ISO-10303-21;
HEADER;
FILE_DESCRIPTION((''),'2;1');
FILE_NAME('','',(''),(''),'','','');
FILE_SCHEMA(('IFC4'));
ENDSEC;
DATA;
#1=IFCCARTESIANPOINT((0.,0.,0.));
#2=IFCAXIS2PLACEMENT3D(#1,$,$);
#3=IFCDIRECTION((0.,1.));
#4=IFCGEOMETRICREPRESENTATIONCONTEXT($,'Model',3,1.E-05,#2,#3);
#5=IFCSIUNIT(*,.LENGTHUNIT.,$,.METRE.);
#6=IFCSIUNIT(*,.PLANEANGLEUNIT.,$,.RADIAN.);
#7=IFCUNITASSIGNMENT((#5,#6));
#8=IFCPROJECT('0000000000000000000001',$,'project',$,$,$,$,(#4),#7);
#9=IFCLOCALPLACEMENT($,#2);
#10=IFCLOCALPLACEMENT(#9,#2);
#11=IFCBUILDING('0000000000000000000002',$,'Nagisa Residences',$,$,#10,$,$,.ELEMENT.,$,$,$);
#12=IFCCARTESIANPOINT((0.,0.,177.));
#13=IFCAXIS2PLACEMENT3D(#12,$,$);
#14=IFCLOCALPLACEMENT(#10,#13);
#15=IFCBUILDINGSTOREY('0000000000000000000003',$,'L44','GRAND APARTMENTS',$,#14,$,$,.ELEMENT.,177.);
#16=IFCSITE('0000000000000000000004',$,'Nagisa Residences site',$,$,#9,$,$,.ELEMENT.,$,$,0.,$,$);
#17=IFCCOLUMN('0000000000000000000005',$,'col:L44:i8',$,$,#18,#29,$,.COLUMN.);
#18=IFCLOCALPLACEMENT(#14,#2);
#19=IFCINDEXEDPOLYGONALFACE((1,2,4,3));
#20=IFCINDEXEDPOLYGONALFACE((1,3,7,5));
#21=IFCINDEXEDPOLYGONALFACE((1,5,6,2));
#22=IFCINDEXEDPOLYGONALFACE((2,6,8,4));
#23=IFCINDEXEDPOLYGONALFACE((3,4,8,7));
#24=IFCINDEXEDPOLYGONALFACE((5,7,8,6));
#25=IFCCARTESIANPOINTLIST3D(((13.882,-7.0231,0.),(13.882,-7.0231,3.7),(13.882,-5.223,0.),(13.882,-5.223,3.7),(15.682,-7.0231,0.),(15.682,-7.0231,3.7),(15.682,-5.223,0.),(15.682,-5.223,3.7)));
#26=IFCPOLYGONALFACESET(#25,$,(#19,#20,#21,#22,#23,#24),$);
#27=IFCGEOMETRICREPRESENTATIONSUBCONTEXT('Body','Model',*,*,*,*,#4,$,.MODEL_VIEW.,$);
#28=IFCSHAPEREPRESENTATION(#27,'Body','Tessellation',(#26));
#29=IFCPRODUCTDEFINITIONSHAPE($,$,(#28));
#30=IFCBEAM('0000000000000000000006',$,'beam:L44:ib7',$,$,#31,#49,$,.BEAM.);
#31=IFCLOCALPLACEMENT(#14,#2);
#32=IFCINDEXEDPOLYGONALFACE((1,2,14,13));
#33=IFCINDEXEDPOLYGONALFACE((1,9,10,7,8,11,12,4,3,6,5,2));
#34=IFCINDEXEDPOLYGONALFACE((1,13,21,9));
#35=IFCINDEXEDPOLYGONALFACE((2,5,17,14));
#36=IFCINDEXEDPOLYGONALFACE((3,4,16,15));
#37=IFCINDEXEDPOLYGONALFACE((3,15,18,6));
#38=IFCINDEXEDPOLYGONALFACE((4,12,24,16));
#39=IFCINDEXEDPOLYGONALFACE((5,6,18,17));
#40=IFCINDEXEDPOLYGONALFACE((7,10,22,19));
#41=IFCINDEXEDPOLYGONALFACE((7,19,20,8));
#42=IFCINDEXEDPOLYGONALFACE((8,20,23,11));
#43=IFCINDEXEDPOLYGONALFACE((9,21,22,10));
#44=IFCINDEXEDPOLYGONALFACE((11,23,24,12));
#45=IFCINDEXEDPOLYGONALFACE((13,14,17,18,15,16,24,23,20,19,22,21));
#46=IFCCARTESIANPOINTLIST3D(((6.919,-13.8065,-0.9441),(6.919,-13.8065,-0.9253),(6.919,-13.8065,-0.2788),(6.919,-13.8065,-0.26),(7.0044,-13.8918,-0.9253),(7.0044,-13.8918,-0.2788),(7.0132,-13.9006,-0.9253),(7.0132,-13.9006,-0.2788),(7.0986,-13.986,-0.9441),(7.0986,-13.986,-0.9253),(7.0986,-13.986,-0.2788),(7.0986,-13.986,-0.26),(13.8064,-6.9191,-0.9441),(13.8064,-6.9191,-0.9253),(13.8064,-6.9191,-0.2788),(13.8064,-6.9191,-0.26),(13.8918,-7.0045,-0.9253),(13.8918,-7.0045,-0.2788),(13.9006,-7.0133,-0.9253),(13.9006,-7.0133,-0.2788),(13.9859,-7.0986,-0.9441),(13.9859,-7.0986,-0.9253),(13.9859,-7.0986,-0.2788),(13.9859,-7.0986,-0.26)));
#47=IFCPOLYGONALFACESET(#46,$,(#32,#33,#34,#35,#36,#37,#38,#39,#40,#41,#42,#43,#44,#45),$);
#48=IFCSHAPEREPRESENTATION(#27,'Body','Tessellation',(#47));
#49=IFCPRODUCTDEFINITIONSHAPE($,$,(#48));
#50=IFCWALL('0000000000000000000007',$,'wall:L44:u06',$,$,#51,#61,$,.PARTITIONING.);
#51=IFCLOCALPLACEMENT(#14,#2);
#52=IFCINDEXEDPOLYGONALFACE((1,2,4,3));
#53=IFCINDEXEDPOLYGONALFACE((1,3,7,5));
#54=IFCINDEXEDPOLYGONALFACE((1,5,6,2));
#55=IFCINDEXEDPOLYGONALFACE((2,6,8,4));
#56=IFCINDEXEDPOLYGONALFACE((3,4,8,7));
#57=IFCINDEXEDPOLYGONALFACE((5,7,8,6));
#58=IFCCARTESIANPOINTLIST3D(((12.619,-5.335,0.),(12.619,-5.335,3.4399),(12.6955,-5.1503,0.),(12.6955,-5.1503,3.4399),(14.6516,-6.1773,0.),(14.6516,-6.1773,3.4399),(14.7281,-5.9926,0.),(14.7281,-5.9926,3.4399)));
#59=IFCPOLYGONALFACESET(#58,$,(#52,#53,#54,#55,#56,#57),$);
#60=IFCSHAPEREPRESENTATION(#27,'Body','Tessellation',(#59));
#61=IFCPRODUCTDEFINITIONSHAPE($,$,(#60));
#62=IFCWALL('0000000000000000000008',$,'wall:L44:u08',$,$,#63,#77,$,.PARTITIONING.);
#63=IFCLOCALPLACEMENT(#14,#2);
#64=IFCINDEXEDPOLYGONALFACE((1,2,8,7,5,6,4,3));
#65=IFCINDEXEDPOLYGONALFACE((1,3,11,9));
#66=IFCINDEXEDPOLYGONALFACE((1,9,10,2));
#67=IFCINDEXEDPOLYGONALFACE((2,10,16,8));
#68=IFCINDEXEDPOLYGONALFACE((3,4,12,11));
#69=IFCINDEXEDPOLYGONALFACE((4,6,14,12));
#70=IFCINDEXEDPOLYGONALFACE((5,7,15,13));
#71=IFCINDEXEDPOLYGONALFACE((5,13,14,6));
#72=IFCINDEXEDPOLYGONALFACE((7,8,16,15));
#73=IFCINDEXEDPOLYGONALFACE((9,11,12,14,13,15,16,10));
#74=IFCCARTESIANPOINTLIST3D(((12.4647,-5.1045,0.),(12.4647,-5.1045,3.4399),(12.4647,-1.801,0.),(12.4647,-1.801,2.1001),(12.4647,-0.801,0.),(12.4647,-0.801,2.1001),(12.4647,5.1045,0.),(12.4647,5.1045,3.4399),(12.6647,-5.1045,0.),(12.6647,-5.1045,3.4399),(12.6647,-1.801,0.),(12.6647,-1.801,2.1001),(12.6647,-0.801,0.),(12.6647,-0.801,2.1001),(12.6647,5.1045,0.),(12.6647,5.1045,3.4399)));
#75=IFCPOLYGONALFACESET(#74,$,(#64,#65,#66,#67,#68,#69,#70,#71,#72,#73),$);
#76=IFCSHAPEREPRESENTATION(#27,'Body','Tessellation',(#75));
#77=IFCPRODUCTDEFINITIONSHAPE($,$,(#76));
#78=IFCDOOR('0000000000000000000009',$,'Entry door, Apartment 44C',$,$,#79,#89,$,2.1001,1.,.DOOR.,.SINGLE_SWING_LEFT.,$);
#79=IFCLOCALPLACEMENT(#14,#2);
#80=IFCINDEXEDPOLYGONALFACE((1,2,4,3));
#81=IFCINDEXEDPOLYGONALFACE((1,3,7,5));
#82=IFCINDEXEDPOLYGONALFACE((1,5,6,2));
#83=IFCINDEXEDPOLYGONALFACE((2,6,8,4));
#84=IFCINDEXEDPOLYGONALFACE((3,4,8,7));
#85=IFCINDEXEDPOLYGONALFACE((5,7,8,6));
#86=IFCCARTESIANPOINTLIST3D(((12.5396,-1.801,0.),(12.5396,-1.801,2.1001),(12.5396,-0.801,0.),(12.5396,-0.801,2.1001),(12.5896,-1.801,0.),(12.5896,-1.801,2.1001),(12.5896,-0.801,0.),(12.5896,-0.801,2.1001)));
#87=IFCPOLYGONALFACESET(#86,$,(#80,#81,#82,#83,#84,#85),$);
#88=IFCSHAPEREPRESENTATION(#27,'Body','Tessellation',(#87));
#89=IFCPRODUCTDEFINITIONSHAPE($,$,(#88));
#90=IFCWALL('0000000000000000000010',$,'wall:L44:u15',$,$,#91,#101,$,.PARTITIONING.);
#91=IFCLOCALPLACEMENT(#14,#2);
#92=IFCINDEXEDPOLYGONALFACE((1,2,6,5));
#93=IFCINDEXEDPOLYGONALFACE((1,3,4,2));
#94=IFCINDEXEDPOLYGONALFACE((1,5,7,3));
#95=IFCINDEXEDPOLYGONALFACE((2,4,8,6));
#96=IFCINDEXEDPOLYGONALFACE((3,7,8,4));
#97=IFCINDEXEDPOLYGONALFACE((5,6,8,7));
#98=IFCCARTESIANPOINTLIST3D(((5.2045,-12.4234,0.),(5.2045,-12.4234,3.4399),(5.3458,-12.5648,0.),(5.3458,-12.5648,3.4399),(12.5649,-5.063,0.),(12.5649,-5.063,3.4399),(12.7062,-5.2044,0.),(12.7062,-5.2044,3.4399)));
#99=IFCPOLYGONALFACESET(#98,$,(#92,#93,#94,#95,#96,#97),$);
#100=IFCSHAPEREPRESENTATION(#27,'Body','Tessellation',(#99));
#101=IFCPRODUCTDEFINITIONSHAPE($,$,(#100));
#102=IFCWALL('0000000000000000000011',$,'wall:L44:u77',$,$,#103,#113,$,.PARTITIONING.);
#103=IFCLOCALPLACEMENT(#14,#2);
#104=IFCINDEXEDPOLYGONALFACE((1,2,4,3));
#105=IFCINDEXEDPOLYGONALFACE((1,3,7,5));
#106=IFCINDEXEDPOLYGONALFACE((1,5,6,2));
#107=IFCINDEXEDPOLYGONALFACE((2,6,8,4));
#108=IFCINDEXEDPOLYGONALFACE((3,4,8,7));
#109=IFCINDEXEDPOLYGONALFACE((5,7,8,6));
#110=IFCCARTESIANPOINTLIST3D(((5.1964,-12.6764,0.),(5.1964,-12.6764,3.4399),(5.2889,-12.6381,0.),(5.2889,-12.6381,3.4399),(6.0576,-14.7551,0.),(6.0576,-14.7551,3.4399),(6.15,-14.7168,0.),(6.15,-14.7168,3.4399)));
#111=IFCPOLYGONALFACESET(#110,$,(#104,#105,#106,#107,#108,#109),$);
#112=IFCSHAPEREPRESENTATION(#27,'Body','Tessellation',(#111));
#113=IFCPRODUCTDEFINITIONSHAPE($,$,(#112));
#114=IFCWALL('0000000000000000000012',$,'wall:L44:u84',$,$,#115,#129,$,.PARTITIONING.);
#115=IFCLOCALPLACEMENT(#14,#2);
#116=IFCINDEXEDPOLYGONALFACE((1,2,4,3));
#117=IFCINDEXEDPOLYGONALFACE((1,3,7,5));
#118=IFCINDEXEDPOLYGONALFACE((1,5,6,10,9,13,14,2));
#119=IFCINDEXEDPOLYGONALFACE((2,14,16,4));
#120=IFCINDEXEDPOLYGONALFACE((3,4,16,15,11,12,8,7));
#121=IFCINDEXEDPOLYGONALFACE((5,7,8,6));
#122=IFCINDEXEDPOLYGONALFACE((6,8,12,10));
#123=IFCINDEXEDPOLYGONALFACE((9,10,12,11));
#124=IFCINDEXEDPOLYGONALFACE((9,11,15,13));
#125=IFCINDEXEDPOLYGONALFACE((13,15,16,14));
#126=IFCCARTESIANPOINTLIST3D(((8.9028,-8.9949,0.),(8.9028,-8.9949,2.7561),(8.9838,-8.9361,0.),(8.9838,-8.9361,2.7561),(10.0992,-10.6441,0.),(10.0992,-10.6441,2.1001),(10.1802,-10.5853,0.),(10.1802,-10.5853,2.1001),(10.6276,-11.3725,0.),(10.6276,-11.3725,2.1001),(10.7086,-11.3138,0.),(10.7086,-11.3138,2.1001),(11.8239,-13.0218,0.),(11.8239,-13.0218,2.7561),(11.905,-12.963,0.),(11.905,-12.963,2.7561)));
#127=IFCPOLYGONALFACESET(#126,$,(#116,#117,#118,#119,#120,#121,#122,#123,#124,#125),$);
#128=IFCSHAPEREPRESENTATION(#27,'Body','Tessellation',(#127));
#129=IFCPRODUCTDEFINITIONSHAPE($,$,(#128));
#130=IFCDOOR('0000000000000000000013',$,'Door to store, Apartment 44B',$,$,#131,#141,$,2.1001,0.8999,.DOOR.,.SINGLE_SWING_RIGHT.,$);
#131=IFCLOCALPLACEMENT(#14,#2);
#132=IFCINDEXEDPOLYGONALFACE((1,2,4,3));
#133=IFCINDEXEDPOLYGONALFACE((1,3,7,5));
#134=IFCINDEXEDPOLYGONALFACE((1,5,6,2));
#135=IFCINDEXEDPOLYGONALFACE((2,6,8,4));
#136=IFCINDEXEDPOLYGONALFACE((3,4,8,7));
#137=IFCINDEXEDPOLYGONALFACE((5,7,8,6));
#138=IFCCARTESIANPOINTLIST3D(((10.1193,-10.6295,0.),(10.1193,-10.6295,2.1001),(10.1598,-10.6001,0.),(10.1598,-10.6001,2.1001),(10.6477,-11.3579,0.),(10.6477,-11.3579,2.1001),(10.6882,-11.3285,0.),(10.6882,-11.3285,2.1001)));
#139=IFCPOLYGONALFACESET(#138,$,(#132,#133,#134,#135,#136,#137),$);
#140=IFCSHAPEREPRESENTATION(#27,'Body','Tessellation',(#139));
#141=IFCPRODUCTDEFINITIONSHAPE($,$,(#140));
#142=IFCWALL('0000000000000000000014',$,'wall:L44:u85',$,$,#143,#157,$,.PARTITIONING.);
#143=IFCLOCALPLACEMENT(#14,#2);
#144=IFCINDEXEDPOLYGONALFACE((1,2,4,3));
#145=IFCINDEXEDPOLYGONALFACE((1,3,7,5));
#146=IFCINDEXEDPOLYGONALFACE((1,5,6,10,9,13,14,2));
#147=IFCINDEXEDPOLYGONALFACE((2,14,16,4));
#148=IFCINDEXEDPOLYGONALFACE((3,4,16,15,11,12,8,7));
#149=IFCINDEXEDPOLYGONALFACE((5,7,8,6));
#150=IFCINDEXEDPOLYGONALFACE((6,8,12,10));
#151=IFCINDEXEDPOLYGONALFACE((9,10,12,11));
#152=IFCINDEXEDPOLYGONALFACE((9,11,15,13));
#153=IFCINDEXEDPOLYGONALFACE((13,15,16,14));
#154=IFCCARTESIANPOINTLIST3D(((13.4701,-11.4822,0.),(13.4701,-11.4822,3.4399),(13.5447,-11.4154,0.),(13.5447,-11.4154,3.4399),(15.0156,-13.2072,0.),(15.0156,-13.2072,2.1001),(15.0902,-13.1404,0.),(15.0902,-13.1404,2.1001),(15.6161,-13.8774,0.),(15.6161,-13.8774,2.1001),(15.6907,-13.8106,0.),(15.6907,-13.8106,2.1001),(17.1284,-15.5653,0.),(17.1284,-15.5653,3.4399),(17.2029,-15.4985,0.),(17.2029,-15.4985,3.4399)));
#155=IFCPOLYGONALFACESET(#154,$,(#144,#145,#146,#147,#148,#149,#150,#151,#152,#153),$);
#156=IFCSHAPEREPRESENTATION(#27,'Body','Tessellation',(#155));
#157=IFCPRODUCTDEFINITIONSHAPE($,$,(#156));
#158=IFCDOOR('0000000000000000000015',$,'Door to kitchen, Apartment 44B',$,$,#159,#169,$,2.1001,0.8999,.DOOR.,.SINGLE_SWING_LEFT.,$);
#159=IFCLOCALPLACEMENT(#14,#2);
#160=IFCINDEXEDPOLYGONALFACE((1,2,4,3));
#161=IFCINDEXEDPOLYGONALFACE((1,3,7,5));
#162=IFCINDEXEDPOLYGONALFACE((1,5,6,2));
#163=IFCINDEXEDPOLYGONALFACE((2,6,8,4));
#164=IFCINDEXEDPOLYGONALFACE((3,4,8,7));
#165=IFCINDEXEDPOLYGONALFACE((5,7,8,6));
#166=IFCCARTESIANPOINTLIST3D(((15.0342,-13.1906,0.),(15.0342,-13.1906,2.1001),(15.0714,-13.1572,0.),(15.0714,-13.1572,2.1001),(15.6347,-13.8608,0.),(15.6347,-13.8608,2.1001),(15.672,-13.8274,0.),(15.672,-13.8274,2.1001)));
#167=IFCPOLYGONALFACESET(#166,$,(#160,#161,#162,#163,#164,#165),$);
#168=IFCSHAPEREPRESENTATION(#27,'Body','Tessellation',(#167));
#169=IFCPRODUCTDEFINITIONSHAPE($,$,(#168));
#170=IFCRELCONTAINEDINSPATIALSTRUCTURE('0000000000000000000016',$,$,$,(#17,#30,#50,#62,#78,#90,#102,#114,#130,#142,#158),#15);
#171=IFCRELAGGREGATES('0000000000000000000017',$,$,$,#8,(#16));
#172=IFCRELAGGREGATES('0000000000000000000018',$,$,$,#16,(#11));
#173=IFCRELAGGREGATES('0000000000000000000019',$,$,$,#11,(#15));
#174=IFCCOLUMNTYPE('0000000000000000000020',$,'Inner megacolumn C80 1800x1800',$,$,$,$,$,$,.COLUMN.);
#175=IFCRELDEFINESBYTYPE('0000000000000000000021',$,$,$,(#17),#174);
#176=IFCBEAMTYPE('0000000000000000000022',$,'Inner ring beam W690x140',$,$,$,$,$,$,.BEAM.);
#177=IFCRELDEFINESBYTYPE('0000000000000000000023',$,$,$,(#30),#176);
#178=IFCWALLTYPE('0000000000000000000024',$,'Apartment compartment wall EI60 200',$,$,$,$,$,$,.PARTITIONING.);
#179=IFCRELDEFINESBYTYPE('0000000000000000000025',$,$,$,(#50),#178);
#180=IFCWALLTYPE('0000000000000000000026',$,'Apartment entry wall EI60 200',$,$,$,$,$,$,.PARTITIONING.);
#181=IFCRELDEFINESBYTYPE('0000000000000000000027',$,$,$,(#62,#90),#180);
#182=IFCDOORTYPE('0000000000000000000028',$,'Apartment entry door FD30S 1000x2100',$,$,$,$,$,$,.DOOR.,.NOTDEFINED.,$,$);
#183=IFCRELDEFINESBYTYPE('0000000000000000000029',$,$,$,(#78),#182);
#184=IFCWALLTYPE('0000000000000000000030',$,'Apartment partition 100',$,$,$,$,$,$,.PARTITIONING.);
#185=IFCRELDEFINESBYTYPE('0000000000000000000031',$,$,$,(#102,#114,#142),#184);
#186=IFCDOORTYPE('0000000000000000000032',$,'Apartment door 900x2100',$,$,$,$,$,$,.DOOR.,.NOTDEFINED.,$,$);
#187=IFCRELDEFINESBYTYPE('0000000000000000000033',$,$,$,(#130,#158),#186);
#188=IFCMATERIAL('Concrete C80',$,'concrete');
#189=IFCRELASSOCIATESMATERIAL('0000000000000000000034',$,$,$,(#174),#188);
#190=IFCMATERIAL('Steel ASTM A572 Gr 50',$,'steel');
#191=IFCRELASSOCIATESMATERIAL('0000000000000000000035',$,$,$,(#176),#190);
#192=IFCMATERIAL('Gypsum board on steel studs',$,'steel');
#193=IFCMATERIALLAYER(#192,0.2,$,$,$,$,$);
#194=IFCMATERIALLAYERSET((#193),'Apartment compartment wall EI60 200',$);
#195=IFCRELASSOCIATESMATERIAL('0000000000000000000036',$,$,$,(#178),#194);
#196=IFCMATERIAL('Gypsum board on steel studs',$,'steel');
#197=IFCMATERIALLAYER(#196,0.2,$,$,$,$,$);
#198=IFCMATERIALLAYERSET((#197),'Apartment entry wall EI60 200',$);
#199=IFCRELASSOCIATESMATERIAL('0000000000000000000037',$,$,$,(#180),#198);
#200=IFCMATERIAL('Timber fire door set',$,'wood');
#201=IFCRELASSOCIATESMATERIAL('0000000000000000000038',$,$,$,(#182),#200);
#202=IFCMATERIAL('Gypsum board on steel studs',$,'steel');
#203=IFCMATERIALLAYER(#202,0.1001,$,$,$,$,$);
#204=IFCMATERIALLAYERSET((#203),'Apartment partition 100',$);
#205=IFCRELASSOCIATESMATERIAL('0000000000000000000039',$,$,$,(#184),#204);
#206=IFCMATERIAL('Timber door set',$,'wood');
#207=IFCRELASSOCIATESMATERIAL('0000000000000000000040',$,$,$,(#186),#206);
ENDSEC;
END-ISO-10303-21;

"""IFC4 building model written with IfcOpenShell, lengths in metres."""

from ifc_helpers import new_model, si_unit, direction, frame, frame_2d, origin, origin_2d, place, context, subcontext, project, spatial, rectangle, i_section, extrude, material, layer, layer_set, material_profile, profile_set, type_object, element, fill, save


model = new_model("IFC4")

# Units and contexts
model_context = context("Model", 3, precision=1e-05, world=origin(), true_north=direction((0.0, 1.0)))
body_context = subcontext(model_context, "Body", "Model", "MODEL_VIEW")
ifc_project = project(units=[si_unit("LENGTHUNIT", "METRE"), si_unit("PLANEANGLEUNIT", "RADIAN")], contexts=[model_context])

# Site, building, storey
site_placement = place(None, origin())
site = spatial("IfcSite", under=ifc_project, at=site_placement, Name="Nagisa Residences site", CompositionType="ELEMENT", RefElevation=0.0)
building_placement = place(site_placement, origin())
building = spatial("IfcBuilding", under=site, at=building_placement, Name="Nagisa Residences", CompositionType="ELEMENT")
storey_placement = place(building_placement, frame((0.0, 0.0, 177.0)))
storey = spatial("IfcBuildingStorey", under=building, at=storey_placement, Name="L44", Description="GRAND APARTMENTS", CompositionType="ELEMENT", Elevation=177.0)

# Column
ifc_material_1 = material(Name="Concrete C80", Category="concrete")
ifc_material_profile_1 = material_profile(ifc_material_1, rectangle(XDim=1.8, YDim=1.8, at=origin_2d()), Name="C80 1800x1800")
ifc_profile_set_1 = profile_set([ifc_material_profile_1], Name="Concrete C80")
column_type = type_object("IfcColumnType", Name="Inner megacolumn C80 1800x1800", PredefinedType="COLUMN", material=ifc_profile_set_1)
column_placement = place(storey_placement, frame((14.782, -6.123, 0.0), z_axis=(0.0, 0.0, 1.0), x_axis=(1.0, 0.0, 0.0)))
element("IfcColumn", 1, at=column_placement, inside=storey, type_object=column_type, Name="col:L44:i8", PredefinedType="COLUMN", context=body_context, shape_type="SweptSolid", body=[
    extrude(rectangle(XDim=1.8, YDim=1.8, at=origin_2d()), origin(), (0.0, 0.0, 1.0), 3.7),
])

# Beam
ifc_material_2 = material(Name="Steel ASTM A572 Gr 50", Category="steel")
ifc_material_profile_2 = material_profile(ifc_material_2, i_section(OverallWidth=0.2539, OverallDepth=0.6841, WebThickness=0.0125, FlangeThickness=0.0188, at=origin_2d()), Name="W690x140")
ifc_profile_set_2 = profile_set([ifc_material_profile_2], Name="Steel ASTM A572 Gr 50")
beam_type = type_object("IfcBeamType", Name="Inner ring beam W690x140", PredefinedType="BEAM", material=ifc_profile_set_2)
beam_placement = place(storey_placement, frame((7.0088, -13.8962, -0.6021), z_axis=(0.707107, 0.707107, 0.0), x_axis=(-0.707107, 0.707107, 0.0)))
element("IfcBeam", 2, at=beam_placement, inside=storey, type_object=beam_type, Name="beam:L44:ib7", PredefinedType="BEAM", context=body_context, shape_type="SweptSolid", body=[
    extrude(i_section(OverallWidth=0.2539, OverallDepth=0.6841, WebThickness=0.0125, FlangeThickness=0.0188, at=origin_2d()), origin(), (0.0, 0.0, 1.0), 9.7402),
])

# Wall
ifc_material_3 = material(Name="Gypsum board on steel studs", Category="steel")
ifc_layer_1 = layer(ifc_material_3, 0.2)
ifc_layer_set_1 = layer_set([ifc_layer_1], Name="Apartment compartment wall EI60 200")
wall_type_1 = type_object("IfcWallType", Name="Apartment compartment wall EI60 200", PredefinedType="PARTITIONING", material=ifc_layer_set_1)
wall_1_placement = place(storey_placement, frame((12.6572, -5.2427, 0.0), z_axis=(0.0, 0.0, 1.0), x_axis=(0.92383, -0.382803, 0.0)))
element("IfcWall", 3, at=wall_1_placement, inside=storey, type_object=wall_type_1, Name="wall:L44:u06", PredefinedType="PARTITIONING", context=body_context, shape_type="SweptSolid", body=[
    extrude(rectangle(XDim=2.2002, YDim=0.2, at=frame_2d((1.1001, 0.0))), origin(), (0.0, 0.0, 1.0), 3.4399),
])

# Wall, opening, door
ifc_material_4 = material(Name="Gypsum board on steel studs", Category="steel")
ifc_layer_2 = layer(ifc_material_4, 0.2)
ifc_layer_set_2 = layer_set([ifc_layer_2], Name="Apartment entry wall EI60 200")
wall_type_2 = type_object("IfcWallType", Name="Apartment entry wall EI60 200", PredefinedType="PARTITIONING", material=ifc_layer_set_2)
wall_2_placement = place(storey_placement, frame((12.5647, -5.1045, 0.0), z_axis=(0.0, 0.0, 1.0), x_axis=(0.0, 1.0, 0.0)))
wall_2 = element("IfcWall", 4, at=wall_2_placement, inside=storey, type_object=wall_type_2, Name="wall:L44:u08", PredefinedType="PARTITIONING", context=body_context, shape_type="SweptSolid", body=[
    extrude(rectangle(XDim=10.209, YDim=0.2, at=frame_2d((5.1045, 0.0))), origin(), (0.0, 0.0, 1.0), 3.4399),
])
opening_1_placement = place(wall_2_placement, frame((3.3035, 0.0, 0.0)))
opening_1 = element("IfcOpeningElement", 5, at=opening_1_placement, cuts=wall_2, PredefinedType="OPENING", context=body_context, shape_type="SweptSolid", body=[
    extrude(rectangle(XDim=1.0, YDim=2.1001, at=frame_2d((0.5, 1.05))), frame((0.0, 0.1099, 0.0), z_axis=(0.0, -1.0, 0.0), x_axis=(1.0, 0.0, 0.0)), (0.0, 0.0, 1.0), 0.22),
])
ifc_material_5 = material(Name="Timber fire door set", Category="wood")
door_type_1 = type_object("IfcDoorType", Name="Apartment entry door FD30S 1000x2100", OperationType="NOTDEFINED", PredefinedType="DOOR", material=ifc_material_5)
door_1_placement = place(opening_1_placement, frame((1.0, 0.0, 0.0), x_axis=(-1.0, 0.0, 0.0)))
door_1 = element("IfcDoor", 6, at=door_1_placement, inside=storey, type_object=door_type_1, Name="Entry door, Apartment 44C", OperationType="SINGLE_SWING_LEFT", OverallHeight=2.1001, OverallWidth=1.0, PredefinedType="DOOR", context=body_context, shape_type="SweptSolid", body=[
    extrude(rectangle(XDim=1.0, YDim=2.1001, at=frame_2d((0.5, 1.05))), frame((0.0, 0.0249, 0.0), z_axis=(0.0, -1.0, 0.0), x_axis=(1.0, 0.0, 0.0)), (0.0, 0.0, 1.0), 0.05),
])
fill(opening_1, door_1)

# Walls
wall_3_placement = place(storey_placement, frame((5.2751, -12.4941, 0.0), z_axis=(0.0, 0.0, 1.0), x_axis=(0.707107, 0.707107, 0.0)))
element("IfcWall", 7, at=wall_3_placement, inside=storey, type_object=wall_type_2, Name="wall:L44:u15", PredefinedType="PARTITIONING", context=body_context, shape_type="SweptSolid", body=[
    extrude(rectangle(XDim=10.4092, YDim=0.2, at=frame_2d((5.2046, 0.0))), origin(), (0.0, 0.0, 1.0), 3.4399),
])
ifc_material_6 = material(Name="Gypsum board on steel studs", Category="steel")
ifc_layer_3 = layer(ifc_material_6, 0.1001)
ifc_layer_set_3 = layer_set([ifc_layer_3], Name="Apartment partition 100")
wall_type_3 = type_object("IfcWallType", Name="Apartment partition 100", PredefinedType="PARTITIONING", material=ifc_layer_set_3)
wall_4_placement = place(storey_placement, frame((5.2427, -12.6572, 0.0), z_axis=(0.0, 0.0, 1.0), x_axis=(0.382719, -0.923865, 0.0)))
element("IfcWall", 8, at=wall_4_placement, inside=storey, type_object=wall_type_3, Name="wall:L44:u77", PredefinedType="PARTITIONING", context=body_context, shape_type="SweptSolid", body=[
    extrude(rectangle(XDim=2.25, YDim=0.1001, at=frame_2d((1.125, 0.0))), origin(), (0.0, 0.0, 1.0), 3.4399),
])

# Walls, openings, doors
wall_5_placement = place(storey_placement, frame((8.9434, -8.9656, 0.0), z_axis=(0.0, 0.0, 1.0), x_axis=(0.587188, -0.809451, 0.0)))
wall_5 = element("IfcWall", 9, at=wall_5_placement, inside=storey, type_object=wall_type_3, Name="wall:L44:u84", PredefinedType="PARTITIONING", context=body_context, shape_type="SweptSolid", body=[
    extrude(rectangle(XDim=4.9749, YDim=0.1001, at=frame_2d((2.4873, 0.0))), origin(), (0.0, 0.0, 1.0), 2.7561),
])
opening_2_placement = place(wall_5_placement, frame((2.0374, 0.0, 0.0)))
opening_2 = element("IfcOpeningElement", 10, at=opening_2_placement, cuts=wall_5, PredefinedType="OPENING", context=body_context, shape_type="SweptSolid", body=[
    extrude(rectangle(XDim=0.8999, YDim=2.1001, at=frame_2d((0.45, 1.05))), frame((0.0, 0.0601, 0.0), z_axis=(0.0, -1.0, 0.0), x_axis=(1.0, 0.0, 0.0)), (0.0, 0.0, 1.0), 0.1201),
])
ifc_material_7 = material(Name="Timber door set", Category="wood")
door_type_2 = type_object("IfcDoorType", Name="Apartment door 900x2100", OperationType="NOTDEFINED", PredefinedType="DOOR", material=ifc_material_7)
door_2_placement = place(opening_2_placement, origin())
door_2 = element("IfcDoor", 11, at=door_2_placement, inside=storey, type_object=door_type_2, Name="Door to store, Apartment 44B", OperationType="SINGLE_SWING_RIGHT", OverallHeight=2.1001, OverallWidth=0.8999, PredefinedType="DOOR", context=body_context, shape_type="SweptSolid", body=[
    extrude(rectangle(XDim=0.8999, YDim=2.1001, at=frame_2d((0.45, 1.05))), frame((0.0, 0.0249, 0.0), z_axis=(0.0, -1.0, 0.0), x_axis=(1.0, 0.0, 0.0)), (0.0, 0.0, 1.0), 0.05),
])
fill(opening_2, door_2)
wall_6_placement = place(storey_placement, frame((13.5073, -11.4487, 0.0), z_axis=(0.0, 0.0, 1.0), x_axis=(0.6673, -0.744789, 0.0)))
wall_6 = element("IfcWall", 12, at=wall_6_placement, inside=storey, type_object=wall_type_3, Name="wall:L44:u85", PredefinedType="PARTITIONING", context=body_context, shape_type="SweptSolid", body=[
    extrude(rectangle(XDim=5.4822, YDim=0.1001, at=frame_2d((2.7412, 0.0))), origin(), (0.0, 0.0, 1.0), 3.4399),
])
opening_3_placement = place(wall_6_placement, frame((2.3162, 0.0, 0.0)))
opening_3 = element("IfcOpeningElement", 13, at=opening_3_placement, cuts=wall_6, PredefinedType="OPENING", context=body_context, shape_type="SweptSolid", body=[
    extrude(rectangle(XDim=0.8999, YDim=2.1001, at=frame_2d((0.45, 1.05))), frame((0.0, 0.0601, 0.0), z_axis=(0.0, -1.0, 0.0), x_axis=(1.0, 0.0, 0.0)), (0.0, 0.0, 1.0), 0.1201),
])
door_3_placement = place(opening_3_placement, origin())
door_3 = element("IfcDoor", 14, at=door_3_placement, inside=storey, type_object=door_type_2, Name="Door to kitchen, Apartment 44B", OperationType="SINGLE_SWING_LEFT", OverallHeight=2.1001, OverallWidth=0.8999, PredefinedType="DOOR", context=body_context, shape_type="SweptSolid", body=[
    extrude(rectangle(XDim=0.8999, YDim=2.1001, at=frame_2d((0.45, 1.05))), frame((0.0, 0.0249, 0.0), z_axis=(0.0, -1.0, 0.0), x_axis=(1.0, 0.0, 0.0)), (0.0, 0.0, 1.0), 0.05),
])
fill(opening_3, door_3)

save(model, "model.ifc")
